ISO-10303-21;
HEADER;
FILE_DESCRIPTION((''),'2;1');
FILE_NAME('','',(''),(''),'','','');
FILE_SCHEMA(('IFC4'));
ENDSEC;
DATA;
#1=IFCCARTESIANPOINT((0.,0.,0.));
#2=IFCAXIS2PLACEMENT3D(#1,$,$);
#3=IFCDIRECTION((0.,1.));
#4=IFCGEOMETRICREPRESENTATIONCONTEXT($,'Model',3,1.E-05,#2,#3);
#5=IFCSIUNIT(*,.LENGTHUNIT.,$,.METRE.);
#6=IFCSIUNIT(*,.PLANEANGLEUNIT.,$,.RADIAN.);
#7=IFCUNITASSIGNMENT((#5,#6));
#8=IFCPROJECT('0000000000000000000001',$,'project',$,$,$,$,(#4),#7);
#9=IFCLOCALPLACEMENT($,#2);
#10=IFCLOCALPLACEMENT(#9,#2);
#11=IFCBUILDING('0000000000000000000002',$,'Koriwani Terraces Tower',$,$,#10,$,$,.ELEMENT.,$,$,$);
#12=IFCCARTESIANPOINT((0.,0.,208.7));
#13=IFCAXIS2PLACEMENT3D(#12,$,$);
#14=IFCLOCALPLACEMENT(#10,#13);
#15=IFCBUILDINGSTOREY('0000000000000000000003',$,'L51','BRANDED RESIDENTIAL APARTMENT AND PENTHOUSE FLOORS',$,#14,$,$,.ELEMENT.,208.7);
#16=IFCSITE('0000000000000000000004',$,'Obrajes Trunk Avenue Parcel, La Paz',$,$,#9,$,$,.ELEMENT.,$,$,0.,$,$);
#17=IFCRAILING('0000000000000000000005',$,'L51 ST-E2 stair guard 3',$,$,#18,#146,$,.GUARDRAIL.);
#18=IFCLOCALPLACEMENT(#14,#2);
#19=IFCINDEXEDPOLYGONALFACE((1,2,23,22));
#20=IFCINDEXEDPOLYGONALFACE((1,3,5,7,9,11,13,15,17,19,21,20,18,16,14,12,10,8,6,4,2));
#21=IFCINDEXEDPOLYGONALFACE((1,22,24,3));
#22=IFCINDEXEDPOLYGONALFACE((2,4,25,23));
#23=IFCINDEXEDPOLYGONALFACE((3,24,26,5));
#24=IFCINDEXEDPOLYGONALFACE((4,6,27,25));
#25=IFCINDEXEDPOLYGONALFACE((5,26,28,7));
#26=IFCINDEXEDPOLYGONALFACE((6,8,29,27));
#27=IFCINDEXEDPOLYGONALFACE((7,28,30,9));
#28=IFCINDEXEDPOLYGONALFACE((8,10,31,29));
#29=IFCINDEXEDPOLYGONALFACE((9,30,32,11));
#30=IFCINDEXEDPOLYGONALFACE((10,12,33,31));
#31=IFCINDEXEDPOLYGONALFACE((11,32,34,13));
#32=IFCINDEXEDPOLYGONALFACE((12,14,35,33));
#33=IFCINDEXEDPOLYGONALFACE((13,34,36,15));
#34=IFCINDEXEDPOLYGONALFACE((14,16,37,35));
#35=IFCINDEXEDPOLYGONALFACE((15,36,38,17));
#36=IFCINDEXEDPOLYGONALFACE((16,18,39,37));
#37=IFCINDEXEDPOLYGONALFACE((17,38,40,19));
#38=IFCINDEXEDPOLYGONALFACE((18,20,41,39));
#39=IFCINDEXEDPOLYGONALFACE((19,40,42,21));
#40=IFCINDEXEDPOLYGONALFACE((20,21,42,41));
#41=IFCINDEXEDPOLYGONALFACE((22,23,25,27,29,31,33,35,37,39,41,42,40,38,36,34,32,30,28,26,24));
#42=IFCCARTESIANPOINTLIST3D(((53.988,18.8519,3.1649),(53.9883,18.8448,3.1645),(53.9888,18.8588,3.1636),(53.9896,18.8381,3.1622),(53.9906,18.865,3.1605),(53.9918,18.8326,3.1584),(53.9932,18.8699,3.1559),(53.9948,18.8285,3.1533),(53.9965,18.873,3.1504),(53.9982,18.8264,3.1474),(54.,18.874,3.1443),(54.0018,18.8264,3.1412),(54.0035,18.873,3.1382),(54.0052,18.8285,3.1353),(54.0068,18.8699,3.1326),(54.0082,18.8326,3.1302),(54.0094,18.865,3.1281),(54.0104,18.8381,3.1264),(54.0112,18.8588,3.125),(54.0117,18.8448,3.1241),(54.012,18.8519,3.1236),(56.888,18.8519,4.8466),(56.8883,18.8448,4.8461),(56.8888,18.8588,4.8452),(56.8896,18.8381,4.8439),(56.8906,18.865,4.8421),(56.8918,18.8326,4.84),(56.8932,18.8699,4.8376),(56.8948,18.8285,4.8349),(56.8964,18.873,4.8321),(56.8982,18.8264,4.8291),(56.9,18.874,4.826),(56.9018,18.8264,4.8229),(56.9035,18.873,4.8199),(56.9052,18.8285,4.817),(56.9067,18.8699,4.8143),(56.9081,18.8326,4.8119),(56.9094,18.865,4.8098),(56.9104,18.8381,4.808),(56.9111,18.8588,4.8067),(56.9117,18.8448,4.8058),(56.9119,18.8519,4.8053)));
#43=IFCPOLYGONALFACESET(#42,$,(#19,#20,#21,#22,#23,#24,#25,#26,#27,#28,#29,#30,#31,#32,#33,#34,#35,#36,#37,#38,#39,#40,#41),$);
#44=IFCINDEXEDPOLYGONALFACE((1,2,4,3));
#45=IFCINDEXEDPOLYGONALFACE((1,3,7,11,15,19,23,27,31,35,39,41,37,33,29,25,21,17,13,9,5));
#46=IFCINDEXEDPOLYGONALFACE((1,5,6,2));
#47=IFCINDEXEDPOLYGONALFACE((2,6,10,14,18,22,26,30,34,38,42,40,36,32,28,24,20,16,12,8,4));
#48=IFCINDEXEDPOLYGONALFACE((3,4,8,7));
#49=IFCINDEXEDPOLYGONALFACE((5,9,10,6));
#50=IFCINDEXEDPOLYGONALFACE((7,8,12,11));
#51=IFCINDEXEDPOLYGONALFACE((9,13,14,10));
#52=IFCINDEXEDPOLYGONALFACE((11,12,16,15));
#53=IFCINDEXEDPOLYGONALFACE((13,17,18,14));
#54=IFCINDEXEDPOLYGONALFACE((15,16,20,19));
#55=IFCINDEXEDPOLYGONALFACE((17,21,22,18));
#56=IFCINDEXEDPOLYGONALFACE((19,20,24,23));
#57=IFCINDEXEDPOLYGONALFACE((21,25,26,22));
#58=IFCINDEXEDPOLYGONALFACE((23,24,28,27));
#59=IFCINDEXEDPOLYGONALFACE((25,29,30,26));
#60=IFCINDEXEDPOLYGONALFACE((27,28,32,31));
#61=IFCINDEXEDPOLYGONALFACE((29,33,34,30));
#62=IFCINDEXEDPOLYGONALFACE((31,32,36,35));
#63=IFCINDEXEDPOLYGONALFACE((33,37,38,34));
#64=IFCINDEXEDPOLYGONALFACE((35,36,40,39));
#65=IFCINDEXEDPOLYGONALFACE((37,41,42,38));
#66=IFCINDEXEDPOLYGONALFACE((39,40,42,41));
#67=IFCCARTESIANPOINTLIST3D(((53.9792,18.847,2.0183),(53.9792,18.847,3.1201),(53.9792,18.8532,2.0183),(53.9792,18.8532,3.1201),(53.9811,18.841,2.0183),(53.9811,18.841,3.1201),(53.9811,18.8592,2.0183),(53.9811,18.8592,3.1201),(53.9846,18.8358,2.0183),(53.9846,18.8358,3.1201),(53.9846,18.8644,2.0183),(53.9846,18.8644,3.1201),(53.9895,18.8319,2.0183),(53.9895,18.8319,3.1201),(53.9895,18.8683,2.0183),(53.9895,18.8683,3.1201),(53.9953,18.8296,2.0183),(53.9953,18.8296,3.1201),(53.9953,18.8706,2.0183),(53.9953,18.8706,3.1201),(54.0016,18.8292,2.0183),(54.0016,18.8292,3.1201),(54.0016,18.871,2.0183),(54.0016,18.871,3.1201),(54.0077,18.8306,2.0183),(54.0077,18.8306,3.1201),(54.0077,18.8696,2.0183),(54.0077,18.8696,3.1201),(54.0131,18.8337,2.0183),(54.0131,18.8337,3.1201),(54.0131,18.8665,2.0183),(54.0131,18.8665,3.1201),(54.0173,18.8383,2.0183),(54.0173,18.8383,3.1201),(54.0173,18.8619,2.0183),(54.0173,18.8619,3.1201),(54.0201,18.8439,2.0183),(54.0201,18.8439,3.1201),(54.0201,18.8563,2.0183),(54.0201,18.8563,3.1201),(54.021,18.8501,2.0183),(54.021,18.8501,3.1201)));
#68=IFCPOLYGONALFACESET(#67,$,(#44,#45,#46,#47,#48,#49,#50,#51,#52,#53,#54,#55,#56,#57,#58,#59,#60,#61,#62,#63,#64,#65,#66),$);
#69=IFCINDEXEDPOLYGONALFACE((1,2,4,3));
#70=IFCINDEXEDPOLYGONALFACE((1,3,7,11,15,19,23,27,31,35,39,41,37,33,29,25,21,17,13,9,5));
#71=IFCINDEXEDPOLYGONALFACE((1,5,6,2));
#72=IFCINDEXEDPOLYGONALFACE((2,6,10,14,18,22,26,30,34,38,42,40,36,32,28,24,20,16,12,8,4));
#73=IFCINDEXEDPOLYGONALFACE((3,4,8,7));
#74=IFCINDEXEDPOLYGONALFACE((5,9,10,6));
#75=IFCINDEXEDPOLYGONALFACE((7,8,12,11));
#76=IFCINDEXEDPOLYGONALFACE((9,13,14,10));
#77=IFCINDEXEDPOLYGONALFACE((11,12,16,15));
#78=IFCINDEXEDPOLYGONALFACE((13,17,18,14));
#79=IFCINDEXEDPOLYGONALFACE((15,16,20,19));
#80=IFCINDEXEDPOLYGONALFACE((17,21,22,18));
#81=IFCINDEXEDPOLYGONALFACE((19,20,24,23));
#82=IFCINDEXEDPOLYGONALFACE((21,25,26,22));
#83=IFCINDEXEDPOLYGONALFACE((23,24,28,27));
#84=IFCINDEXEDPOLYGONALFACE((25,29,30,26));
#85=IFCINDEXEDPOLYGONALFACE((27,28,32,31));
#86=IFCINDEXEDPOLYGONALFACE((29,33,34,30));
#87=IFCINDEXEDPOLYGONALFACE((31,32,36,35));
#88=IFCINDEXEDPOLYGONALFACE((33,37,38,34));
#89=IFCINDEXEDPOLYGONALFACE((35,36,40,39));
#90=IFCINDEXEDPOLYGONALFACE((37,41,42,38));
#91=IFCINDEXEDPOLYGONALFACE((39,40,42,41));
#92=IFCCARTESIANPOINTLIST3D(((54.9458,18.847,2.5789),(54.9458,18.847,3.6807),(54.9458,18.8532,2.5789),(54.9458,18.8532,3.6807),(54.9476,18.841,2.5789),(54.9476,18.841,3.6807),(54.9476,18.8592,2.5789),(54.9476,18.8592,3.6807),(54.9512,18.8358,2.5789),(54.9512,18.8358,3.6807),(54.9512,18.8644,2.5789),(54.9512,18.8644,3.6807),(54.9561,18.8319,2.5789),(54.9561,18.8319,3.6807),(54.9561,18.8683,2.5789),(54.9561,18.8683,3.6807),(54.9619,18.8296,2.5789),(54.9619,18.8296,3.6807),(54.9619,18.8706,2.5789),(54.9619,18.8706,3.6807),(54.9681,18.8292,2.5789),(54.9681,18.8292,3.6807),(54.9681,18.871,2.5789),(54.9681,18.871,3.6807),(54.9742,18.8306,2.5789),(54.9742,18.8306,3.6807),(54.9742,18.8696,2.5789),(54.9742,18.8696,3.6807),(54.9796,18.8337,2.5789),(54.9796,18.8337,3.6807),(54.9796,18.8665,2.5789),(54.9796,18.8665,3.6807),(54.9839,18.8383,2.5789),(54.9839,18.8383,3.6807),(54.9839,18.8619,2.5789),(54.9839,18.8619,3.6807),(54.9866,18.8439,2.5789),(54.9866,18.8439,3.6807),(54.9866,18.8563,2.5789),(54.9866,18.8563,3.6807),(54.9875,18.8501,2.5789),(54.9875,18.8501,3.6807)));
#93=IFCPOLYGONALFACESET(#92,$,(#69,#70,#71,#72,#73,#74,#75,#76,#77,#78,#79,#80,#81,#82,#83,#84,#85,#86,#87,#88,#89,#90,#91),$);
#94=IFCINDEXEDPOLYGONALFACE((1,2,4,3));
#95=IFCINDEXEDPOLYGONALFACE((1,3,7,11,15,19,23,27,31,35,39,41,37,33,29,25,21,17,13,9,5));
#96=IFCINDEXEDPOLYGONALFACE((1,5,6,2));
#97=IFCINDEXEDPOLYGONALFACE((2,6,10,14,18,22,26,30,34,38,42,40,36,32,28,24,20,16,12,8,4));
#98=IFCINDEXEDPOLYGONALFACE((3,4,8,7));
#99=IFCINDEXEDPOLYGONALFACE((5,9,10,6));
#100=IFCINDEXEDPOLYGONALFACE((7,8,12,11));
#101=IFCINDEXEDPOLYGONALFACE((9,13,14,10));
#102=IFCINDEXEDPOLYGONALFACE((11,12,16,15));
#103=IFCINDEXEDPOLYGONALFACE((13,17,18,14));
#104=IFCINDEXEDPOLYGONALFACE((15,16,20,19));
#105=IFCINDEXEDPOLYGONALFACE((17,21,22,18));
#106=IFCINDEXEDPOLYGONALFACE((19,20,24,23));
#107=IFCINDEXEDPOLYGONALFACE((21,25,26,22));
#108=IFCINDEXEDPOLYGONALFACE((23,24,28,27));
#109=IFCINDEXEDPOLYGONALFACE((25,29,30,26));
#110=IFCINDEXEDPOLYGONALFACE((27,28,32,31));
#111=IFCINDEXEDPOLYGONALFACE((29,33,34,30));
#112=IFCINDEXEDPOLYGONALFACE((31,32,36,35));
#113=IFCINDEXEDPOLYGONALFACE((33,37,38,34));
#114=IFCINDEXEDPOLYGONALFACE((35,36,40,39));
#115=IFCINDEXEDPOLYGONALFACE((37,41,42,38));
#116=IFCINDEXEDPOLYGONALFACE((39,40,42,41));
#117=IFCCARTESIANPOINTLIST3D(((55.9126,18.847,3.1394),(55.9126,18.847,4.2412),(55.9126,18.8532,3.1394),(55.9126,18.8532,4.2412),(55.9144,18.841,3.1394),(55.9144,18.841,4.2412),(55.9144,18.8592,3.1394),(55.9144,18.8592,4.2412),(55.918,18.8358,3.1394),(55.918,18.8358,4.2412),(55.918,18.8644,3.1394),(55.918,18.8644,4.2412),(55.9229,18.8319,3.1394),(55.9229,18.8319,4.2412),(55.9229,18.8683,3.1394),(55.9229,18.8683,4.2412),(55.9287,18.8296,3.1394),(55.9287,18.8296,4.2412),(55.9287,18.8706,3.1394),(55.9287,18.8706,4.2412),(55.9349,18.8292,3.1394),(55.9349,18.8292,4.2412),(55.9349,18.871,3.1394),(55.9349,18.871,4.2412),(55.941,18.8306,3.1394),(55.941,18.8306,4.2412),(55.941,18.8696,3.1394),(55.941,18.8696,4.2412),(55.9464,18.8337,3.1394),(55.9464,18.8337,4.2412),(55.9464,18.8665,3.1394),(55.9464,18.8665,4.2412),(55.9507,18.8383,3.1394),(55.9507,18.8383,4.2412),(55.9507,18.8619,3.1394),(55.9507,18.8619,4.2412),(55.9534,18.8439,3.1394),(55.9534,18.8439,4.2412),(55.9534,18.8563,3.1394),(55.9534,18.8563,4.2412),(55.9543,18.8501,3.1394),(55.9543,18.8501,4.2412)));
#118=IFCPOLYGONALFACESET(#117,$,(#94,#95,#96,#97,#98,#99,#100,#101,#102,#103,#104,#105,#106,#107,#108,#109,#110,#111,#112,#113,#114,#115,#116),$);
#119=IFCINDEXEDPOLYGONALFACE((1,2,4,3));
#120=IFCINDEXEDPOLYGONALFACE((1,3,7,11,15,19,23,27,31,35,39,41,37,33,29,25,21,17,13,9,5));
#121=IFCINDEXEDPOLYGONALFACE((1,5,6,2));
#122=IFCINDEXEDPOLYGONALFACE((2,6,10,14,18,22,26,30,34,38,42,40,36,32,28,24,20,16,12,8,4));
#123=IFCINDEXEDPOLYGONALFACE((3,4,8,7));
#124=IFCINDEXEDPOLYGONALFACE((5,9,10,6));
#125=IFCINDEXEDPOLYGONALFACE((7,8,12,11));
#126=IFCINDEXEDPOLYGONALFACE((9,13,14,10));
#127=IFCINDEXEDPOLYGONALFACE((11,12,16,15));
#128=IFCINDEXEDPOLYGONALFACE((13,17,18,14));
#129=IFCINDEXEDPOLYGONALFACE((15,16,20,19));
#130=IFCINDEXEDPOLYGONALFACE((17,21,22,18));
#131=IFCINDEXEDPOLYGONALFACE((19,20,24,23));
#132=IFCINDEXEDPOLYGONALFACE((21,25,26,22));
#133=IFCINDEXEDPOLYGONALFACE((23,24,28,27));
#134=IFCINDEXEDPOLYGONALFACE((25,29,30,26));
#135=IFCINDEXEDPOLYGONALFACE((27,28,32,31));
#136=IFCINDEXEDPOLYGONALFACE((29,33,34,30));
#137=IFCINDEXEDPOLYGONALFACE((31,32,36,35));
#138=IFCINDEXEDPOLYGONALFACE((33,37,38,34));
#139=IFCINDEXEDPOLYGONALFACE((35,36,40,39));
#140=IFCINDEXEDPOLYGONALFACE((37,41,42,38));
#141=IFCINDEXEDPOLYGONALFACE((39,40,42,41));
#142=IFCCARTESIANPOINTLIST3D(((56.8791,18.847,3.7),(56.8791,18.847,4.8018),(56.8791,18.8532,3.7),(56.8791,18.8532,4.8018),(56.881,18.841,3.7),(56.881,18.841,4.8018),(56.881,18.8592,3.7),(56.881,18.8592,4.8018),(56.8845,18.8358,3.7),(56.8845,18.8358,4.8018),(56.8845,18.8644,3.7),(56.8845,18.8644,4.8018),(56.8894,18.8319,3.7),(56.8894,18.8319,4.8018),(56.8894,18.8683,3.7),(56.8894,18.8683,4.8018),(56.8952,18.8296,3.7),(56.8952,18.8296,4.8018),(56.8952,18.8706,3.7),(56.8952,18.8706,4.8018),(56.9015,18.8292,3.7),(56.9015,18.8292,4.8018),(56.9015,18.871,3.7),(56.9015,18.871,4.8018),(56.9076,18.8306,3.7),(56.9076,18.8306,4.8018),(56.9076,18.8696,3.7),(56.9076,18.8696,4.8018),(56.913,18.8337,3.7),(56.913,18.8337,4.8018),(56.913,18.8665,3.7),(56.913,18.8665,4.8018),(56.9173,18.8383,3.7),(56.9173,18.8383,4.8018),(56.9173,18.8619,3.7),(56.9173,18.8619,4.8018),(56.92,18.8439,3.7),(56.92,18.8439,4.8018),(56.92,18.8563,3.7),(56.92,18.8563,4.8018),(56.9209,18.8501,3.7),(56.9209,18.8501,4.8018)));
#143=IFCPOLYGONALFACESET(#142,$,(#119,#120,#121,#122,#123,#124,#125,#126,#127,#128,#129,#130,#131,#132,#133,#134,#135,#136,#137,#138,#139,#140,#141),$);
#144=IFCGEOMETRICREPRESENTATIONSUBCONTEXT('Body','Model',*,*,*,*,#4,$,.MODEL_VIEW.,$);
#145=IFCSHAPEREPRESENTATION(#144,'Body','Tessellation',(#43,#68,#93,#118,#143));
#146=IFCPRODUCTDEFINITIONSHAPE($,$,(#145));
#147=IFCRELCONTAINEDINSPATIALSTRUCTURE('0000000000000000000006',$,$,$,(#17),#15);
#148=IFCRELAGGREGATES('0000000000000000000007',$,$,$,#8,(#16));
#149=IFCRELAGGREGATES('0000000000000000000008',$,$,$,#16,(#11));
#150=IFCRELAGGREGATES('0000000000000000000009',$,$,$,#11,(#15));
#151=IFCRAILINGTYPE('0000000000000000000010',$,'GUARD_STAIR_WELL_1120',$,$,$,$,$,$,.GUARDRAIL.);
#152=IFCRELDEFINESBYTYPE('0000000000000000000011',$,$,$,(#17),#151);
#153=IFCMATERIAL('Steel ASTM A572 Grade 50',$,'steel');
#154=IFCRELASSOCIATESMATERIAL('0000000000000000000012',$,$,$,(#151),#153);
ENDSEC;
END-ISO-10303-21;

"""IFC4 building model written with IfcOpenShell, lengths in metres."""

from ifc_helpers import new_model, si_unit, direction, frame, origin, origin_2d, place, context, subcontext, project, spatial, circle, extrude, material, type_object, element, save


model = new_model("IFC4")

# Units and contexts
model_context = context("Model", 3, precision=1e-05, world=origin(), true_north=direction((0.0, 1.0)))
body_context = subcontext(model_context, "Body", "Model", "MODEL_VIEW")
ifc_project = project(units=[si_unit("LENGTHUNIT", "METRE"), si_unit("PLANEANGLEUNIT", "RADIAN")], contexts=[model_context])

# Site, building, storey
site_placement = place(None, origin())
site = spatial("IfcSite", under=ifc_project, at=site_placement, Name="Obrajes Trunk Avenue Parcel, La Paz", CompositionType="ELEMENT", RefElevation=0.0)
building_placement = place(site_placement, origin())
building = spatial("IfcBuilding", under=site, at=building_placement, Name="Koriwani Terraces Tower", CompositionType="ELEMENT")
storey_placement = place(building_placement, frame((0.0, 0.0, 208.7)))
storey = spatial("IfcBuildingStorey", under=building, at=storey_placement, Name="L51", Description="BRANDED RESIDENTIAL APARTMENT AND PENTHOUSE FLOORS", CompositionType="ELEMENT", Elevation=208.7)

# Shared definitions
ifc_material_1 = material(Name="Steel ASTM A572 Grade 50", Category="steel")

# Railing
railing_type_1 = type_object("IfcRailingType", Name="GUARD_STAIR_WELL_1120", PredefinedType="GUARDRAIL", material=ifc_material_1)
railing_1_placement = place(storey_placement, frame((54.0, 18.8501, 2.0183)))
element("IfcRailing", 1, at=railing_1_placement, inside=storey, type_object=railing_type_1, Name="L51 ST-E2 stair guard 3", PredefinedType="GUARDRAIL", context=body_context, shape_type="SweptSolid", body=[
    extrude(circle(Radius=0.0239, at=origin_2d()), frame((0.0, 0.0, 1.126), z_axis=(0.86507, 0.0, 0.501651), x_axis=(0.0, 1.0, 0.0)), (0.0, 0.0, 1.0), 3.3523),
    extrude(circle(Radius=0.021, at=origin_2d()), origin(), (0.0, 0.0, 1.0), 1.1018),
    extrude(circle(Radius=0.021, at=origin_2d()), frame((0.9666, 0.0, 0.5605)), (0.0, 0.0, 1.0), 1.1018),
    extrude(circle(Radius=0.021, at=origin_2d()), frame((1.9333, 0.0, 1.1211)), (0.0, 0.0, 1.0), 1.1018),
    extrude(circle(Radius=0.021, at=origin_2d()), frame((2.8999, 0.0, 1.6816)), (0.0, 0.0, 1.0), 1.1018),
])

save(model, "model.ifc")
